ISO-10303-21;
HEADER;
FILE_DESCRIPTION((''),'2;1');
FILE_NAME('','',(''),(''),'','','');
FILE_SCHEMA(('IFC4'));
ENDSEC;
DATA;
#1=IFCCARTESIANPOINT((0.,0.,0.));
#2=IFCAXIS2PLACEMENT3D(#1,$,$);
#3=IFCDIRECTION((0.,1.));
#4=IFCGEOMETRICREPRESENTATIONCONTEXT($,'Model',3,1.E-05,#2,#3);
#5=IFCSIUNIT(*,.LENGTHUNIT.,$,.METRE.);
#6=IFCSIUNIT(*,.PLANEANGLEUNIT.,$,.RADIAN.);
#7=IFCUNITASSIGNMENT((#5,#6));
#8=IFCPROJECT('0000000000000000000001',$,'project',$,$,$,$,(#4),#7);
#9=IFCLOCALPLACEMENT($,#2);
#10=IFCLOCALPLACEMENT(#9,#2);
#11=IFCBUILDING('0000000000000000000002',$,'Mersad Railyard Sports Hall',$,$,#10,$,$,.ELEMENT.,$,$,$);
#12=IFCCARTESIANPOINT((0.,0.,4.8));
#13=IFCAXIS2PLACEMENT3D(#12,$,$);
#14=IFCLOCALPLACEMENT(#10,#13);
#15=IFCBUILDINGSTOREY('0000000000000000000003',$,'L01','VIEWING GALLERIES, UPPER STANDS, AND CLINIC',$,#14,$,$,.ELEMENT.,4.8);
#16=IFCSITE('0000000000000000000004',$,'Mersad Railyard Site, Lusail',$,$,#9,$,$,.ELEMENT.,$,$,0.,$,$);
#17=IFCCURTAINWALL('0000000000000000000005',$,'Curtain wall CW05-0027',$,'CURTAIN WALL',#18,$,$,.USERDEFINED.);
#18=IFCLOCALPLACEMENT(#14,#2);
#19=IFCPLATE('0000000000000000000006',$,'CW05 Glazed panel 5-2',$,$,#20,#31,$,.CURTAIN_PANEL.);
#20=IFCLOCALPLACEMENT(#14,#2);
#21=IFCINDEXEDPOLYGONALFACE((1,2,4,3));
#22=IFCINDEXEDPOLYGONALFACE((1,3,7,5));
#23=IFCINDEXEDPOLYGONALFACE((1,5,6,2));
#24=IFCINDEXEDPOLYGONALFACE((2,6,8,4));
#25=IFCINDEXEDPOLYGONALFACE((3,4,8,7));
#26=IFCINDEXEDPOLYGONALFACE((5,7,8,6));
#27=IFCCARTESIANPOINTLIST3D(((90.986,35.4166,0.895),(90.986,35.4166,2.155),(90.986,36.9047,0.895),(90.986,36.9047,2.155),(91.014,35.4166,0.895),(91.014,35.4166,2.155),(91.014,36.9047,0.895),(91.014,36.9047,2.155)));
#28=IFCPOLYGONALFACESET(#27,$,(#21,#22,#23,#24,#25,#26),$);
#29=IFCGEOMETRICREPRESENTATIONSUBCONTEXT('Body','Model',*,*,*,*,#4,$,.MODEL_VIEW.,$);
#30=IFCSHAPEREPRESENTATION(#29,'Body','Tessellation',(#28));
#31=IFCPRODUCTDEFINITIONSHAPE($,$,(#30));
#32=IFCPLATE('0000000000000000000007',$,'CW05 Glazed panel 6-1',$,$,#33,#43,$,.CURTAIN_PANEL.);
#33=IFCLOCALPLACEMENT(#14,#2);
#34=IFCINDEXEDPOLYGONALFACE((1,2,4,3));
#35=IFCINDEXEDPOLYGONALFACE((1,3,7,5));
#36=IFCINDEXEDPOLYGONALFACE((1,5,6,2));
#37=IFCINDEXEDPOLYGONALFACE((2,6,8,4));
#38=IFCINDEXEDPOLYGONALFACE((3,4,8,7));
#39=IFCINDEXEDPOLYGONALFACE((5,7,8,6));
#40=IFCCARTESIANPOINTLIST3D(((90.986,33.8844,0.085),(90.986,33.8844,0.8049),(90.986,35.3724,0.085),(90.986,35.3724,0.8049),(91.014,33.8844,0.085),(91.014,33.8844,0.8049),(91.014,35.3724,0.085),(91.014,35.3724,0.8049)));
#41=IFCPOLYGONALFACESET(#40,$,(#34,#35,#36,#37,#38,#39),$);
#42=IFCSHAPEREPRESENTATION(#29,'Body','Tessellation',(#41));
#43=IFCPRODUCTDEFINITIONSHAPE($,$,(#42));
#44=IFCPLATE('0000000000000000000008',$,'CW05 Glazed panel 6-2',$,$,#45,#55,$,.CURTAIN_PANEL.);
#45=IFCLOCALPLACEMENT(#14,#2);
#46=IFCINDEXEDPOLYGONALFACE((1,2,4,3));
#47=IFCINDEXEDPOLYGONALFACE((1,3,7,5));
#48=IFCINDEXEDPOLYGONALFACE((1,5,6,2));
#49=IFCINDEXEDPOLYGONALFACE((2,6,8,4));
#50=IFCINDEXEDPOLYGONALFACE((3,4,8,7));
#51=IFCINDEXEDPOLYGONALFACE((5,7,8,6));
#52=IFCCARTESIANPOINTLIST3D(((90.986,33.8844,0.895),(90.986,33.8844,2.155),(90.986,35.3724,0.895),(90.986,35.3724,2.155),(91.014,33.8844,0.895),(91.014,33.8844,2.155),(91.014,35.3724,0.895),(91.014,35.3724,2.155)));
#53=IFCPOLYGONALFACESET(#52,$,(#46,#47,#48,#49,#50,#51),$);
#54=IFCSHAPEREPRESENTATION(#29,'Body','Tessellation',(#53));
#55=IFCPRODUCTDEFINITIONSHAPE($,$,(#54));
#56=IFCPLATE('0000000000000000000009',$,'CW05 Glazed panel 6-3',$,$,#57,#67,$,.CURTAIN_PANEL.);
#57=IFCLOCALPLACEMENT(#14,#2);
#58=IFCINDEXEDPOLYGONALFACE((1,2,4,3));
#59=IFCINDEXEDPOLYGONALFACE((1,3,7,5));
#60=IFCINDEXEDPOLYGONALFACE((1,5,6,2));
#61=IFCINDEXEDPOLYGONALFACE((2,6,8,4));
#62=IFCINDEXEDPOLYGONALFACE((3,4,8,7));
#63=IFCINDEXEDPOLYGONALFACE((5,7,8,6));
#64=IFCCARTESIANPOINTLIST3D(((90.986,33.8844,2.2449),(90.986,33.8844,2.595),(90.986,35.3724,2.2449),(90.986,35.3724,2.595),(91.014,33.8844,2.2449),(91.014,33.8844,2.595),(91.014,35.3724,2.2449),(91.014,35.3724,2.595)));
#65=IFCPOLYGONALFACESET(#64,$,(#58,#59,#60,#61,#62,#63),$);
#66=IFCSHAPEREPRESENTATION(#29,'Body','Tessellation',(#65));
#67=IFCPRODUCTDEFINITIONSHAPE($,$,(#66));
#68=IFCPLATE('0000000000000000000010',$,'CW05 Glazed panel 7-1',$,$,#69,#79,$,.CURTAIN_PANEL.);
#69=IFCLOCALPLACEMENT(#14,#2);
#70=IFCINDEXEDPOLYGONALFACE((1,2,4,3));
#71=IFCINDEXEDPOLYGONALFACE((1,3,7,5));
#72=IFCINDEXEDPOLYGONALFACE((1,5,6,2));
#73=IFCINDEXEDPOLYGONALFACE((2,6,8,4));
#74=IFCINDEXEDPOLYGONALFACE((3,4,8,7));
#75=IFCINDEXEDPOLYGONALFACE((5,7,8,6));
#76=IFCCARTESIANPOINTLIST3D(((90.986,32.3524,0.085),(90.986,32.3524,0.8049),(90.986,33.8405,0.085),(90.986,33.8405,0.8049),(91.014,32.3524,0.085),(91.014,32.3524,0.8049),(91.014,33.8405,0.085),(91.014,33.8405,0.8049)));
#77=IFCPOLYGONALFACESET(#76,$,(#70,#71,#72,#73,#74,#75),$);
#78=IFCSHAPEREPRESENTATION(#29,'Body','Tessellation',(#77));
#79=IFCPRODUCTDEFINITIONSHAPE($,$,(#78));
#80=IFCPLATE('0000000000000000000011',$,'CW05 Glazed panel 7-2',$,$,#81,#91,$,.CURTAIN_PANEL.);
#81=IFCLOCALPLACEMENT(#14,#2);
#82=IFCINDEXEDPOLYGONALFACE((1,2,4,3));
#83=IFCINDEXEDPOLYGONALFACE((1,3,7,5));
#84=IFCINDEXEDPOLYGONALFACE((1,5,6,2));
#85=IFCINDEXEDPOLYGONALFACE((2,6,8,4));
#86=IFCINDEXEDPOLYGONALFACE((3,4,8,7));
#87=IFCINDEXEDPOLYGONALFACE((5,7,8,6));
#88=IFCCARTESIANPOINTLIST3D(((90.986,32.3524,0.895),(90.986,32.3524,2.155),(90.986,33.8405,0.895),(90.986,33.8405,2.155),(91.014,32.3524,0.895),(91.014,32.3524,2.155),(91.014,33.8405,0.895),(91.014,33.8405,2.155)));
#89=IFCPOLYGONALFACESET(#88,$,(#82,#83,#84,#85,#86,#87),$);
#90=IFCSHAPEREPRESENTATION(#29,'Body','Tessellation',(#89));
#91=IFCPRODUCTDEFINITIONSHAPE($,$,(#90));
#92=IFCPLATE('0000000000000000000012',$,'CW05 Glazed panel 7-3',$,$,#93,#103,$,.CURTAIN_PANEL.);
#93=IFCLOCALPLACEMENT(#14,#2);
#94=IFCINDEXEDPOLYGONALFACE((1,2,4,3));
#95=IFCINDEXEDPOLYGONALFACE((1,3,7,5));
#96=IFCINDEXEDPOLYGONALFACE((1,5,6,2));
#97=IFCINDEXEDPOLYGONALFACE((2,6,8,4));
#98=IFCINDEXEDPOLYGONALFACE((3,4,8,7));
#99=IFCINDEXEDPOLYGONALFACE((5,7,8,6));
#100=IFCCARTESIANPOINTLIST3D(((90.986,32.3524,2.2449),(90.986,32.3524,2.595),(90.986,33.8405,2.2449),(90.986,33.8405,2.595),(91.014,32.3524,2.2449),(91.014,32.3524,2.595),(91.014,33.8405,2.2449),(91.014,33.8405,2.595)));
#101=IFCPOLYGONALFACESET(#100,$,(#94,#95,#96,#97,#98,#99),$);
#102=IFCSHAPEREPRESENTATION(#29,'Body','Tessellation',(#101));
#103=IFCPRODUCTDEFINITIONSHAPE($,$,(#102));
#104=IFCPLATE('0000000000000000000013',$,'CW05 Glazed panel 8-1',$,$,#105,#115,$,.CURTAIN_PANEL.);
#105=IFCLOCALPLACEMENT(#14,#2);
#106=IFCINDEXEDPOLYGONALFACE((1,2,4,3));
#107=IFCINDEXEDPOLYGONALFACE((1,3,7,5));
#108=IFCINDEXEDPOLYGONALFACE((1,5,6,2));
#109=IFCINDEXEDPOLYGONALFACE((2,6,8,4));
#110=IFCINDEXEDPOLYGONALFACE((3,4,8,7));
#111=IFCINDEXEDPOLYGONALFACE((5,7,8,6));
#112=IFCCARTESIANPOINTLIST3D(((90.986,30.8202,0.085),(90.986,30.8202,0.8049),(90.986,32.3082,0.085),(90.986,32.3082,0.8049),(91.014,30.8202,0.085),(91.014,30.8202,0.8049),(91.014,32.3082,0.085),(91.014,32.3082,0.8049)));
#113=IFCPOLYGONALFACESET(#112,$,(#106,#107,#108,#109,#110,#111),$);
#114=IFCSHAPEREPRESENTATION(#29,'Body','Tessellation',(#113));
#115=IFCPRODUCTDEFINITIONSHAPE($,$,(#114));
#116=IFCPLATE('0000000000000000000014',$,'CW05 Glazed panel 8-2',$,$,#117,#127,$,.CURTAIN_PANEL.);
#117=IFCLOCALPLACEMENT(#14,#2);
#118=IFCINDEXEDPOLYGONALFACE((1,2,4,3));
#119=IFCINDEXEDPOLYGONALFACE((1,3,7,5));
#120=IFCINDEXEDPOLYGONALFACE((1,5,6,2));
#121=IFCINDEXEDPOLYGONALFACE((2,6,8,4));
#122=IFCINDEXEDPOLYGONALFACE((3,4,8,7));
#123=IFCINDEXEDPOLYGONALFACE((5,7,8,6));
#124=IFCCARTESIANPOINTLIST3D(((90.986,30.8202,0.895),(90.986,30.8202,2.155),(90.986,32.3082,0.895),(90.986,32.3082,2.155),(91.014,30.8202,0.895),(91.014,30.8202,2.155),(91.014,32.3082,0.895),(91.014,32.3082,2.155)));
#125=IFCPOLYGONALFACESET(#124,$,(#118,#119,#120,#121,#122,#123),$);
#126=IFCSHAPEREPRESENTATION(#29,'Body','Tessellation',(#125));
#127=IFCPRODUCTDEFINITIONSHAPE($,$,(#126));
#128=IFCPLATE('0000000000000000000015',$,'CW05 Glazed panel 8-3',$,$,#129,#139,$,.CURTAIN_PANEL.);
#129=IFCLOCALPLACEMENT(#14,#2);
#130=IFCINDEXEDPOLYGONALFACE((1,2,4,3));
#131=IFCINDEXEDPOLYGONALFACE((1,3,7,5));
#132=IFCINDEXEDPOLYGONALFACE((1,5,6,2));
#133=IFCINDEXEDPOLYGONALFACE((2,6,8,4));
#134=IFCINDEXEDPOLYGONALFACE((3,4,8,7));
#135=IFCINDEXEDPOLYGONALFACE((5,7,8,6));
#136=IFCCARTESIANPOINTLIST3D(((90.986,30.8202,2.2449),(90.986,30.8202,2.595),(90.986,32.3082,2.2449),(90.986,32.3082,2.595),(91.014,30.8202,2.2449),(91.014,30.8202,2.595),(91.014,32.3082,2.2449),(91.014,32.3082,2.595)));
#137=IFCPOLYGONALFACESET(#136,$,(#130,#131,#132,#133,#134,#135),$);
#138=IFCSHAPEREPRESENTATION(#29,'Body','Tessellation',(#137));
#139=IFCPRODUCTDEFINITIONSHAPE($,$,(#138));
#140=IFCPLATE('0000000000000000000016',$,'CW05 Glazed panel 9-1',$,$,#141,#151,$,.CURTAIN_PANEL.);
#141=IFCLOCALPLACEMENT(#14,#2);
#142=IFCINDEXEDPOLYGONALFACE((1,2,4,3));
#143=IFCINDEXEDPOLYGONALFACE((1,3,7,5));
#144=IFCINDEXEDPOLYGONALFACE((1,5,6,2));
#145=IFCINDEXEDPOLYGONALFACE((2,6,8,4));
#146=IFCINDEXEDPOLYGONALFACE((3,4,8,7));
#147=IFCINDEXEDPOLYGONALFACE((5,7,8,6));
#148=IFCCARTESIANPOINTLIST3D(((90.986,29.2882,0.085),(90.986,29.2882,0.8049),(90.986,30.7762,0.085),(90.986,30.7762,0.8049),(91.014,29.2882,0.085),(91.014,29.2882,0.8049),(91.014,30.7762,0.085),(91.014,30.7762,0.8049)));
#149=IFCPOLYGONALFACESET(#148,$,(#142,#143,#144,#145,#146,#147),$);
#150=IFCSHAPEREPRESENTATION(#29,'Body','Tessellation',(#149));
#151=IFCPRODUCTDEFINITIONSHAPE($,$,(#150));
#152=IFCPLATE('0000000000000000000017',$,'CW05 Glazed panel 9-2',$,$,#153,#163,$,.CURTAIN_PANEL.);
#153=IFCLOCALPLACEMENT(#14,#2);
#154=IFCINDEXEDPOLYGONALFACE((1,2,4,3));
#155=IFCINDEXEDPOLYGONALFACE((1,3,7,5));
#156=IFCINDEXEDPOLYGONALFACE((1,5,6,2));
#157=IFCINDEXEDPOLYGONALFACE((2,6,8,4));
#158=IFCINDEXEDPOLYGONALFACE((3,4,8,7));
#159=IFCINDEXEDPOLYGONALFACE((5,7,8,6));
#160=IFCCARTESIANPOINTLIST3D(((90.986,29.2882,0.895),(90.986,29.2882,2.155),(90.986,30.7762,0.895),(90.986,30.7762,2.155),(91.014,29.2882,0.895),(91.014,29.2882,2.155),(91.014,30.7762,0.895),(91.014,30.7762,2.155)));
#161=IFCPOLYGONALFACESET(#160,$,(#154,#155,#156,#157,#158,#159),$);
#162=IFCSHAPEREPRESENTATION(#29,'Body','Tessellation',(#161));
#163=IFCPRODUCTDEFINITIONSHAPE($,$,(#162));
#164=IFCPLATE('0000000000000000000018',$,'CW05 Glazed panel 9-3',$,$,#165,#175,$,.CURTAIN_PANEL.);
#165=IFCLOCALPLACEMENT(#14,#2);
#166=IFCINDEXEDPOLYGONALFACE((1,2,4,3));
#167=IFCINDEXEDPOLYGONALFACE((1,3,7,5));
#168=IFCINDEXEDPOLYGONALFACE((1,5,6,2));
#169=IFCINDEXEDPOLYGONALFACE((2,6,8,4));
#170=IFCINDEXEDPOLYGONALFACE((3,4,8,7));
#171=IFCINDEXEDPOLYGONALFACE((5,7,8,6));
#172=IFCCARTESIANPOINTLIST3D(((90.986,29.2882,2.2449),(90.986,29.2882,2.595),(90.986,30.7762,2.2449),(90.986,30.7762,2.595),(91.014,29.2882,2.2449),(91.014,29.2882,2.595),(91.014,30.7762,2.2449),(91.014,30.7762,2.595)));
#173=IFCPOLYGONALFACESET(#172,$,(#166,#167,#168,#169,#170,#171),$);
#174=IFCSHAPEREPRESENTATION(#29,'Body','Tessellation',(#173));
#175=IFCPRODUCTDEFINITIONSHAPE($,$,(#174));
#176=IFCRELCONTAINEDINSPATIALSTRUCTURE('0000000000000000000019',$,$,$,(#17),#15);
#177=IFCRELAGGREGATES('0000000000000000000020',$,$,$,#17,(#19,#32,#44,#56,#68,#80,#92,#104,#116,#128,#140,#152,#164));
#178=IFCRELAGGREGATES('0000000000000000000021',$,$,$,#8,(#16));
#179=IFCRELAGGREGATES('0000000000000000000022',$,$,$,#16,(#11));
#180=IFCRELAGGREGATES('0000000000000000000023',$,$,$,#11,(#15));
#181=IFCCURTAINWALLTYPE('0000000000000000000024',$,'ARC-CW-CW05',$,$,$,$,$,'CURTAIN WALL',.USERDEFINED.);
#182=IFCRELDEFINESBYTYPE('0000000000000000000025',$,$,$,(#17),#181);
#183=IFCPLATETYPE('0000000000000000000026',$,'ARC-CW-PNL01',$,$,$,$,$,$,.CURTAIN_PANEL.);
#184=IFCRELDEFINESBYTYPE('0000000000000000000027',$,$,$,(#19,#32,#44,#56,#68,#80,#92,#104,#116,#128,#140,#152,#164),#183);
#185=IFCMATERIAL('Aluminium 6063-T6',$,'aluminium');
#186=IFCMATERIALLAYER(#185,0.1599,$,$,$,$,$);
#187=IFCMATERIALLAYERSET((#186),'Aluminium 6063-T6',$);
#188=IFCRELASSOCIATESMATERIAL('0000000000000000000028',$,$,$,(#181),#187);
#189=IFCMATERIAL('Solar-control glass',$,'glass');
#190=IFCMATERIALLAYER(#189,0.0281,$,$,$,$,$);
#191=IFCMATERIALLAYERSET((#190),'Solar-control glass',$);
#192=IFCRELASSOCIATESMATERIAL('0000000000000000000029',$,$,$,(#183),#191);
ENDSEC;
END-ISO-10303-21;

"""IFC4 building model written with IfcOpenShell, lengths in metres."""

from ifc_helpers import new_model, si_unit, direction, frame, origin, origin_2d, place, context, subcontext, project, spatial, rectangle, extrude, material, layer, layer_set, type_object, element, aggregate, save


model = new_model("IFC4")

# Units and contexts
model_context = context("Model", 3, precision=1e-05, world=origin(), true_north=direction((0.0, 1.0)))
body_context = subcontext(model_context, "Body", "Model", "MODEL_VIEW")
ifc_project = project(units=[si_unit("LENGTHUNIT", "METRE"), si_unit("PLANEANGLEUNIT", "RADIAN")], contexts=[model_context])

# Site, building, storey
site_placement = place(None, origin())
site = spatial("IfcSite", under=ifc_project, at=site_placement, Name="Mersad Railyard Site, Lusail", CompositionType="ELEMENT", RefElevation=0.0)
building_placement = place(site_placement, origin())
building = spatial("IfcBuilding", under=site, at=building_placement, Name="Mersad Railyard Sports Hall", CompositionType="ELEMENT")
storey_placement = place(building_placement, frame((0.0, 0.0, 4.8)))
storey = spatial("IfcBuildingStorey", under=building, at=storey_placement, Name="L01", Description="VIEWING GALLERIES, UPPER STANDS, AND CLINIC", CompositionType="ELEMENT", Elevation=4.8)

# Curtain wall, plates
ifc_material_1 = material(Name="Aluminium 6063-T6", Category="aluminium")
ifc_layer_1 = layer(ifc_material_1, 0.1599)
ifc_layer_set_1 = layer_set([ifc_layer_1], Name="Aluminium 6063-T6")
curtain_wall_type = type_object("IfcCurtainWallType", Name="ARC-CW-CW05", ElementType="CURTAIN WALL", PredefinedType="USERDEFINED", material=ifc_layer_set_1)
curtain_wall_placement = place(storey_placement, origin())
curtain_wall = element("IfcCurtainWall", 1, at=curtain_wall_placement, inside=storey, type_object=curtain_wall_type, Name="Curtain wall CW05-0027", ObjectType="CURTAIN WALL", PredefinedType="USERDEFINED")
ifc_material_2 = material(Name="Solar-control glass", Category="glass")
ifc_layer_2 = layer(ifc_material_2, 0.0281)
ifc_layer_set_2 = layer_set([ifc_layer_2], Name="Solar-control glass")
plate_type = type_object("IfcPlateType", Name="ARC-CW-PNL01", PredefinedType="CURTAIN_PANEL", material=ifc_layer_set_2)
plate_1_placement = place(storey_placement, frame((91.0, 36.1606, 0.895), z_axis=(0.0, 0.0, 1.0), x_axis=(0.0, -1.0, 0.0)))
plate_1 = element("IfcPlate", 2, at=plate_1_placement, type_object=plate_type, Name="CW05 Glazed panel 5-2", PredefinedType="CURTAIN_PANEL", context=body_context, shape_type="SweptSolid", body=[
    extrude(rectangle(XDim=1.488, YDim=0.0281, at=origin_2d()), origin(), (0.0, 0.0, 1.0), 1.26),
])
plate_2_placement = place(storey_placement, frame((91.0, 34.6284, 0.085), z_axis=(0.0, 0.0, 1.0), x_axis=(0.0, -1.0, 0.0)))
plate_2 = element("IfcPlate", 3, at=plate_2_placement, type_object=plate_type, Name="CW05 Glazed panel 6-1", PredefinedType="CURTAIN_PANEL", context=body_context, shape_type="SweptSolid", body=[
    extrude(rectangle(XDim=1.488, YDim=0.0281, at=origin_2d()), origin(), (0.0, 0.0, 1.0), 0.72),
])
plate_3_placement = place(storey_placement, frame((91.0, 34.6284, 0.895), z_axis=(0.0, 0.0, 1.0), x_axis=(0.0, -1.0, 0.0)))
plate_3 = element("IfcPlate", 4, at=plate_3_placement, type_object=plate_type, Name="CW05 Glazed panel 6-2", PredefinedType="CURTAIN_PANEL", context=body_context, shape_type="SweptSolid", body=[
    extrude(rectangle(XDim=1.488, YDim=0.0281, at=origin_2d()), origin(), (0.0, 0.0, 1.0), 1.26),
])
plate_4_placement = place(storey_placement, frame((91.0, 34.6284, 2.2449), z_axis=(0.0, 0.0, 1.0), x_axis=(0.0, -1.0, 0.0)))
plate_4 = element("IfcPlate", 5, at=plate_4_placement, type_object=plate_type, Name="CW05 Glazed panel 6-3", PredefinedType="CURTAIN_PANEL", context=body_context, shape_type="SweptSolid", body=[
    extrude(rectangle(XDim=1.488, YDim=0.0281, at=origin_2d()), origin(), (0.0, 0.0, 1.0), 0.3501),
])
plate_5_placement = place(storey_placement, frame((91.0, 33.0964, 0.085), z_axis=(0.0, 0.0, 1.0), x_axis=(0.0, -1.0, 0.0)))
plate_5 = element("IfcPlate", 6, at=plate_5_placement, type_object=plate_type, Name="CW05 Glazed panel 7-1", PredefinedType="CURTAIN_PANEL", context=body_context, shape_type="SweptSolid", body=[
    extrude(rectangle(XDim=1.488, YDim=0.0281, at=origin_2d()), origin(), (0.0, 0.0, 1.0), 0.72),
])
plate_6_placement = place(storey_placement, frame((91.0, 33.0964, 0.895), z_axis=(0.0, 0.0, 1.0), x_axis=(0.0, -1.0, 0.0)))
plate_6 = element("IfcPlate", 7, at=plate_6_placement, type_object=plate_type, Name="CW05 Glazed panel 7-2", PredefinedType="CURTAIN_PANEL", context=body_context, shape_type="SweptSolid", body=[
    extrude(rectangle(XDim=1.488, YDim=0.0281, at=origin_2d()), origin(), (0.0, 0.0, 1.0), 1.26),
])
plate_7_placement = place(storey_placement, frame((91.0, 33.0964, 2.2449), z_axis=(0.0, 0.0, 1.0), x_axis=(0.0, -1.0, 0.0)))
plate_7 = element("IfcPlate", 8, at=plate_7_placement, type_object=plate_type, Name="CW05 Glazed panel 7-3", PredefinedType="CURTAIN_PANEL", context=body_context, shape_type="SweptSolid", body=[
    extrude(rectangle(XDim=1.488, YDim=0.0281, at=origin_2d()), origin(), (0.0, 0.0, 1.0), 0.3501),
])
plate_8_placement = place(storey_placement, frame((91.0, 31.5642, 0.085), z_axis=(0.0, 0.0, 1.0), x_axis=(0.0, -1.0, 0.0)))
plate_8 = element("IfcPlate", 9, at=plate_8_placement, type_object=plate_type, Name="CW05 Glazed panel 8-1", PredefinedType="CURTAIN_PANEL", context=body_context, shape_type="SweptSolid", body=[
    extrude(rectangle(XDim=1.488, YDim=0.0281, at=origin_2d()), origin(), (0.0, 0.0, 1.0), 0.72),
])
plate_9_placement = place(storey_placement, frame((91.0, 31.5642, 0.895), z_axis=(0.0, 0.0, 1.0), x_axis=(0.0, -1.0, 0.0)))
plate_9 = element("IfcPlate", 10, at=plate_9_placement, type_object=plate_type, Name="CW05 Glazed panel 8-2", PredefinedType="CURTAIN_PANEL", context=body_context, shape_type="SweptSolid", body=[
    extrude(rectangle(XDim=1.488, YDim=0.0281, at=origin_2d()), origin(), (0.0, 0.0, 1.0), 1.26),
])
plate_10_placement = place(storey_placement, frame((91.0, 31.5642, 2.2449), z_axis=(0.0, 0.0, 1.0), x_axis=(0.0, -1.0, 0.0)))
plate_10 = element("IfcPlate", 11, at=plate_10_placement, type_object=plate_type, Name="CW05 Glazed panel 8-3", PredefinedType="CURTAIN_PANEL", context=body_context, shape_type="SweptSolid", body=[
    extrude(rectangle(XDim=1.488, YDim=0.0281, at=origin_2d()), origin(), (0.0, 0.0, 1.0), 0.3501),
])
plate_11_placement = place(storey_placement, frame((91.0, 30.0322, 0.085), z_axis=(0.0, 0.0, 1.0), x_axis=(0.0, -1.0, 0.0)))
plate_11 = element("IfcPlate", 12, at=plate_11_placement, type_object=plate_type, Name="CW05 Glazed panel 9-1", PredefinedType="CURTAIN_PANEL", context=body_context, shape_type="SweptSolid", body=[
    extrude(rectangle(XDim=1.488, YDim=0.0281, at=origin_2d()), origin(), (0.0, 0.0, 1.0), 0.72),
])
plate_12_placement = place(storey_placement, frame((91.0, 30.0322, 0.895), z_axis=(0.0, 0.0, 1.0), x_axis=(0.0, -1.0, 0.0)))
plate_12 = element("IfcPlate", 13, at=plate_12_placement, type_object=plate_type, Name="CW05 Glazed panel 9-2", PredefinedType="CURTAIN_PANEL", context=body_context, shape_type="SweptSolid", body=[
    extrude(rectangle(XDim=1.488, YDim=0.0281, at=origin_2d()), origin(), (0.0, 0.0, 1.0), 1.26),
])
plate_13_placement = place(storey_placement, frame((91.0, 30.0322, 2.2449), z_axis=(0.0, 0.0, 1.0), x_axis=(0.0, -1.0, 0.0)))
plate_13 = element("IfcPlate", 14, at=plate_13_placement, type_object=plate_type, Name="CW05 Glazed panel 9-3", PredefinedType="CURTAIN_PANEL", context=body_context, shape_type="SweptSolid", body=[
    extrude(rectangle(XDim=1.488, YDim=0.0281, at=origin_2d()), origin(), (0.0, 0.0, 1.0), 0.3501),
])
aggregate(curtain_wall, [plate_1, plate_2, plate_3, plate_4, plate_5, plate_6, plate_7, plate_8, plate_9, plate_10, plate_11, plate_12, plate_13])

save(model, "model.ifc")
